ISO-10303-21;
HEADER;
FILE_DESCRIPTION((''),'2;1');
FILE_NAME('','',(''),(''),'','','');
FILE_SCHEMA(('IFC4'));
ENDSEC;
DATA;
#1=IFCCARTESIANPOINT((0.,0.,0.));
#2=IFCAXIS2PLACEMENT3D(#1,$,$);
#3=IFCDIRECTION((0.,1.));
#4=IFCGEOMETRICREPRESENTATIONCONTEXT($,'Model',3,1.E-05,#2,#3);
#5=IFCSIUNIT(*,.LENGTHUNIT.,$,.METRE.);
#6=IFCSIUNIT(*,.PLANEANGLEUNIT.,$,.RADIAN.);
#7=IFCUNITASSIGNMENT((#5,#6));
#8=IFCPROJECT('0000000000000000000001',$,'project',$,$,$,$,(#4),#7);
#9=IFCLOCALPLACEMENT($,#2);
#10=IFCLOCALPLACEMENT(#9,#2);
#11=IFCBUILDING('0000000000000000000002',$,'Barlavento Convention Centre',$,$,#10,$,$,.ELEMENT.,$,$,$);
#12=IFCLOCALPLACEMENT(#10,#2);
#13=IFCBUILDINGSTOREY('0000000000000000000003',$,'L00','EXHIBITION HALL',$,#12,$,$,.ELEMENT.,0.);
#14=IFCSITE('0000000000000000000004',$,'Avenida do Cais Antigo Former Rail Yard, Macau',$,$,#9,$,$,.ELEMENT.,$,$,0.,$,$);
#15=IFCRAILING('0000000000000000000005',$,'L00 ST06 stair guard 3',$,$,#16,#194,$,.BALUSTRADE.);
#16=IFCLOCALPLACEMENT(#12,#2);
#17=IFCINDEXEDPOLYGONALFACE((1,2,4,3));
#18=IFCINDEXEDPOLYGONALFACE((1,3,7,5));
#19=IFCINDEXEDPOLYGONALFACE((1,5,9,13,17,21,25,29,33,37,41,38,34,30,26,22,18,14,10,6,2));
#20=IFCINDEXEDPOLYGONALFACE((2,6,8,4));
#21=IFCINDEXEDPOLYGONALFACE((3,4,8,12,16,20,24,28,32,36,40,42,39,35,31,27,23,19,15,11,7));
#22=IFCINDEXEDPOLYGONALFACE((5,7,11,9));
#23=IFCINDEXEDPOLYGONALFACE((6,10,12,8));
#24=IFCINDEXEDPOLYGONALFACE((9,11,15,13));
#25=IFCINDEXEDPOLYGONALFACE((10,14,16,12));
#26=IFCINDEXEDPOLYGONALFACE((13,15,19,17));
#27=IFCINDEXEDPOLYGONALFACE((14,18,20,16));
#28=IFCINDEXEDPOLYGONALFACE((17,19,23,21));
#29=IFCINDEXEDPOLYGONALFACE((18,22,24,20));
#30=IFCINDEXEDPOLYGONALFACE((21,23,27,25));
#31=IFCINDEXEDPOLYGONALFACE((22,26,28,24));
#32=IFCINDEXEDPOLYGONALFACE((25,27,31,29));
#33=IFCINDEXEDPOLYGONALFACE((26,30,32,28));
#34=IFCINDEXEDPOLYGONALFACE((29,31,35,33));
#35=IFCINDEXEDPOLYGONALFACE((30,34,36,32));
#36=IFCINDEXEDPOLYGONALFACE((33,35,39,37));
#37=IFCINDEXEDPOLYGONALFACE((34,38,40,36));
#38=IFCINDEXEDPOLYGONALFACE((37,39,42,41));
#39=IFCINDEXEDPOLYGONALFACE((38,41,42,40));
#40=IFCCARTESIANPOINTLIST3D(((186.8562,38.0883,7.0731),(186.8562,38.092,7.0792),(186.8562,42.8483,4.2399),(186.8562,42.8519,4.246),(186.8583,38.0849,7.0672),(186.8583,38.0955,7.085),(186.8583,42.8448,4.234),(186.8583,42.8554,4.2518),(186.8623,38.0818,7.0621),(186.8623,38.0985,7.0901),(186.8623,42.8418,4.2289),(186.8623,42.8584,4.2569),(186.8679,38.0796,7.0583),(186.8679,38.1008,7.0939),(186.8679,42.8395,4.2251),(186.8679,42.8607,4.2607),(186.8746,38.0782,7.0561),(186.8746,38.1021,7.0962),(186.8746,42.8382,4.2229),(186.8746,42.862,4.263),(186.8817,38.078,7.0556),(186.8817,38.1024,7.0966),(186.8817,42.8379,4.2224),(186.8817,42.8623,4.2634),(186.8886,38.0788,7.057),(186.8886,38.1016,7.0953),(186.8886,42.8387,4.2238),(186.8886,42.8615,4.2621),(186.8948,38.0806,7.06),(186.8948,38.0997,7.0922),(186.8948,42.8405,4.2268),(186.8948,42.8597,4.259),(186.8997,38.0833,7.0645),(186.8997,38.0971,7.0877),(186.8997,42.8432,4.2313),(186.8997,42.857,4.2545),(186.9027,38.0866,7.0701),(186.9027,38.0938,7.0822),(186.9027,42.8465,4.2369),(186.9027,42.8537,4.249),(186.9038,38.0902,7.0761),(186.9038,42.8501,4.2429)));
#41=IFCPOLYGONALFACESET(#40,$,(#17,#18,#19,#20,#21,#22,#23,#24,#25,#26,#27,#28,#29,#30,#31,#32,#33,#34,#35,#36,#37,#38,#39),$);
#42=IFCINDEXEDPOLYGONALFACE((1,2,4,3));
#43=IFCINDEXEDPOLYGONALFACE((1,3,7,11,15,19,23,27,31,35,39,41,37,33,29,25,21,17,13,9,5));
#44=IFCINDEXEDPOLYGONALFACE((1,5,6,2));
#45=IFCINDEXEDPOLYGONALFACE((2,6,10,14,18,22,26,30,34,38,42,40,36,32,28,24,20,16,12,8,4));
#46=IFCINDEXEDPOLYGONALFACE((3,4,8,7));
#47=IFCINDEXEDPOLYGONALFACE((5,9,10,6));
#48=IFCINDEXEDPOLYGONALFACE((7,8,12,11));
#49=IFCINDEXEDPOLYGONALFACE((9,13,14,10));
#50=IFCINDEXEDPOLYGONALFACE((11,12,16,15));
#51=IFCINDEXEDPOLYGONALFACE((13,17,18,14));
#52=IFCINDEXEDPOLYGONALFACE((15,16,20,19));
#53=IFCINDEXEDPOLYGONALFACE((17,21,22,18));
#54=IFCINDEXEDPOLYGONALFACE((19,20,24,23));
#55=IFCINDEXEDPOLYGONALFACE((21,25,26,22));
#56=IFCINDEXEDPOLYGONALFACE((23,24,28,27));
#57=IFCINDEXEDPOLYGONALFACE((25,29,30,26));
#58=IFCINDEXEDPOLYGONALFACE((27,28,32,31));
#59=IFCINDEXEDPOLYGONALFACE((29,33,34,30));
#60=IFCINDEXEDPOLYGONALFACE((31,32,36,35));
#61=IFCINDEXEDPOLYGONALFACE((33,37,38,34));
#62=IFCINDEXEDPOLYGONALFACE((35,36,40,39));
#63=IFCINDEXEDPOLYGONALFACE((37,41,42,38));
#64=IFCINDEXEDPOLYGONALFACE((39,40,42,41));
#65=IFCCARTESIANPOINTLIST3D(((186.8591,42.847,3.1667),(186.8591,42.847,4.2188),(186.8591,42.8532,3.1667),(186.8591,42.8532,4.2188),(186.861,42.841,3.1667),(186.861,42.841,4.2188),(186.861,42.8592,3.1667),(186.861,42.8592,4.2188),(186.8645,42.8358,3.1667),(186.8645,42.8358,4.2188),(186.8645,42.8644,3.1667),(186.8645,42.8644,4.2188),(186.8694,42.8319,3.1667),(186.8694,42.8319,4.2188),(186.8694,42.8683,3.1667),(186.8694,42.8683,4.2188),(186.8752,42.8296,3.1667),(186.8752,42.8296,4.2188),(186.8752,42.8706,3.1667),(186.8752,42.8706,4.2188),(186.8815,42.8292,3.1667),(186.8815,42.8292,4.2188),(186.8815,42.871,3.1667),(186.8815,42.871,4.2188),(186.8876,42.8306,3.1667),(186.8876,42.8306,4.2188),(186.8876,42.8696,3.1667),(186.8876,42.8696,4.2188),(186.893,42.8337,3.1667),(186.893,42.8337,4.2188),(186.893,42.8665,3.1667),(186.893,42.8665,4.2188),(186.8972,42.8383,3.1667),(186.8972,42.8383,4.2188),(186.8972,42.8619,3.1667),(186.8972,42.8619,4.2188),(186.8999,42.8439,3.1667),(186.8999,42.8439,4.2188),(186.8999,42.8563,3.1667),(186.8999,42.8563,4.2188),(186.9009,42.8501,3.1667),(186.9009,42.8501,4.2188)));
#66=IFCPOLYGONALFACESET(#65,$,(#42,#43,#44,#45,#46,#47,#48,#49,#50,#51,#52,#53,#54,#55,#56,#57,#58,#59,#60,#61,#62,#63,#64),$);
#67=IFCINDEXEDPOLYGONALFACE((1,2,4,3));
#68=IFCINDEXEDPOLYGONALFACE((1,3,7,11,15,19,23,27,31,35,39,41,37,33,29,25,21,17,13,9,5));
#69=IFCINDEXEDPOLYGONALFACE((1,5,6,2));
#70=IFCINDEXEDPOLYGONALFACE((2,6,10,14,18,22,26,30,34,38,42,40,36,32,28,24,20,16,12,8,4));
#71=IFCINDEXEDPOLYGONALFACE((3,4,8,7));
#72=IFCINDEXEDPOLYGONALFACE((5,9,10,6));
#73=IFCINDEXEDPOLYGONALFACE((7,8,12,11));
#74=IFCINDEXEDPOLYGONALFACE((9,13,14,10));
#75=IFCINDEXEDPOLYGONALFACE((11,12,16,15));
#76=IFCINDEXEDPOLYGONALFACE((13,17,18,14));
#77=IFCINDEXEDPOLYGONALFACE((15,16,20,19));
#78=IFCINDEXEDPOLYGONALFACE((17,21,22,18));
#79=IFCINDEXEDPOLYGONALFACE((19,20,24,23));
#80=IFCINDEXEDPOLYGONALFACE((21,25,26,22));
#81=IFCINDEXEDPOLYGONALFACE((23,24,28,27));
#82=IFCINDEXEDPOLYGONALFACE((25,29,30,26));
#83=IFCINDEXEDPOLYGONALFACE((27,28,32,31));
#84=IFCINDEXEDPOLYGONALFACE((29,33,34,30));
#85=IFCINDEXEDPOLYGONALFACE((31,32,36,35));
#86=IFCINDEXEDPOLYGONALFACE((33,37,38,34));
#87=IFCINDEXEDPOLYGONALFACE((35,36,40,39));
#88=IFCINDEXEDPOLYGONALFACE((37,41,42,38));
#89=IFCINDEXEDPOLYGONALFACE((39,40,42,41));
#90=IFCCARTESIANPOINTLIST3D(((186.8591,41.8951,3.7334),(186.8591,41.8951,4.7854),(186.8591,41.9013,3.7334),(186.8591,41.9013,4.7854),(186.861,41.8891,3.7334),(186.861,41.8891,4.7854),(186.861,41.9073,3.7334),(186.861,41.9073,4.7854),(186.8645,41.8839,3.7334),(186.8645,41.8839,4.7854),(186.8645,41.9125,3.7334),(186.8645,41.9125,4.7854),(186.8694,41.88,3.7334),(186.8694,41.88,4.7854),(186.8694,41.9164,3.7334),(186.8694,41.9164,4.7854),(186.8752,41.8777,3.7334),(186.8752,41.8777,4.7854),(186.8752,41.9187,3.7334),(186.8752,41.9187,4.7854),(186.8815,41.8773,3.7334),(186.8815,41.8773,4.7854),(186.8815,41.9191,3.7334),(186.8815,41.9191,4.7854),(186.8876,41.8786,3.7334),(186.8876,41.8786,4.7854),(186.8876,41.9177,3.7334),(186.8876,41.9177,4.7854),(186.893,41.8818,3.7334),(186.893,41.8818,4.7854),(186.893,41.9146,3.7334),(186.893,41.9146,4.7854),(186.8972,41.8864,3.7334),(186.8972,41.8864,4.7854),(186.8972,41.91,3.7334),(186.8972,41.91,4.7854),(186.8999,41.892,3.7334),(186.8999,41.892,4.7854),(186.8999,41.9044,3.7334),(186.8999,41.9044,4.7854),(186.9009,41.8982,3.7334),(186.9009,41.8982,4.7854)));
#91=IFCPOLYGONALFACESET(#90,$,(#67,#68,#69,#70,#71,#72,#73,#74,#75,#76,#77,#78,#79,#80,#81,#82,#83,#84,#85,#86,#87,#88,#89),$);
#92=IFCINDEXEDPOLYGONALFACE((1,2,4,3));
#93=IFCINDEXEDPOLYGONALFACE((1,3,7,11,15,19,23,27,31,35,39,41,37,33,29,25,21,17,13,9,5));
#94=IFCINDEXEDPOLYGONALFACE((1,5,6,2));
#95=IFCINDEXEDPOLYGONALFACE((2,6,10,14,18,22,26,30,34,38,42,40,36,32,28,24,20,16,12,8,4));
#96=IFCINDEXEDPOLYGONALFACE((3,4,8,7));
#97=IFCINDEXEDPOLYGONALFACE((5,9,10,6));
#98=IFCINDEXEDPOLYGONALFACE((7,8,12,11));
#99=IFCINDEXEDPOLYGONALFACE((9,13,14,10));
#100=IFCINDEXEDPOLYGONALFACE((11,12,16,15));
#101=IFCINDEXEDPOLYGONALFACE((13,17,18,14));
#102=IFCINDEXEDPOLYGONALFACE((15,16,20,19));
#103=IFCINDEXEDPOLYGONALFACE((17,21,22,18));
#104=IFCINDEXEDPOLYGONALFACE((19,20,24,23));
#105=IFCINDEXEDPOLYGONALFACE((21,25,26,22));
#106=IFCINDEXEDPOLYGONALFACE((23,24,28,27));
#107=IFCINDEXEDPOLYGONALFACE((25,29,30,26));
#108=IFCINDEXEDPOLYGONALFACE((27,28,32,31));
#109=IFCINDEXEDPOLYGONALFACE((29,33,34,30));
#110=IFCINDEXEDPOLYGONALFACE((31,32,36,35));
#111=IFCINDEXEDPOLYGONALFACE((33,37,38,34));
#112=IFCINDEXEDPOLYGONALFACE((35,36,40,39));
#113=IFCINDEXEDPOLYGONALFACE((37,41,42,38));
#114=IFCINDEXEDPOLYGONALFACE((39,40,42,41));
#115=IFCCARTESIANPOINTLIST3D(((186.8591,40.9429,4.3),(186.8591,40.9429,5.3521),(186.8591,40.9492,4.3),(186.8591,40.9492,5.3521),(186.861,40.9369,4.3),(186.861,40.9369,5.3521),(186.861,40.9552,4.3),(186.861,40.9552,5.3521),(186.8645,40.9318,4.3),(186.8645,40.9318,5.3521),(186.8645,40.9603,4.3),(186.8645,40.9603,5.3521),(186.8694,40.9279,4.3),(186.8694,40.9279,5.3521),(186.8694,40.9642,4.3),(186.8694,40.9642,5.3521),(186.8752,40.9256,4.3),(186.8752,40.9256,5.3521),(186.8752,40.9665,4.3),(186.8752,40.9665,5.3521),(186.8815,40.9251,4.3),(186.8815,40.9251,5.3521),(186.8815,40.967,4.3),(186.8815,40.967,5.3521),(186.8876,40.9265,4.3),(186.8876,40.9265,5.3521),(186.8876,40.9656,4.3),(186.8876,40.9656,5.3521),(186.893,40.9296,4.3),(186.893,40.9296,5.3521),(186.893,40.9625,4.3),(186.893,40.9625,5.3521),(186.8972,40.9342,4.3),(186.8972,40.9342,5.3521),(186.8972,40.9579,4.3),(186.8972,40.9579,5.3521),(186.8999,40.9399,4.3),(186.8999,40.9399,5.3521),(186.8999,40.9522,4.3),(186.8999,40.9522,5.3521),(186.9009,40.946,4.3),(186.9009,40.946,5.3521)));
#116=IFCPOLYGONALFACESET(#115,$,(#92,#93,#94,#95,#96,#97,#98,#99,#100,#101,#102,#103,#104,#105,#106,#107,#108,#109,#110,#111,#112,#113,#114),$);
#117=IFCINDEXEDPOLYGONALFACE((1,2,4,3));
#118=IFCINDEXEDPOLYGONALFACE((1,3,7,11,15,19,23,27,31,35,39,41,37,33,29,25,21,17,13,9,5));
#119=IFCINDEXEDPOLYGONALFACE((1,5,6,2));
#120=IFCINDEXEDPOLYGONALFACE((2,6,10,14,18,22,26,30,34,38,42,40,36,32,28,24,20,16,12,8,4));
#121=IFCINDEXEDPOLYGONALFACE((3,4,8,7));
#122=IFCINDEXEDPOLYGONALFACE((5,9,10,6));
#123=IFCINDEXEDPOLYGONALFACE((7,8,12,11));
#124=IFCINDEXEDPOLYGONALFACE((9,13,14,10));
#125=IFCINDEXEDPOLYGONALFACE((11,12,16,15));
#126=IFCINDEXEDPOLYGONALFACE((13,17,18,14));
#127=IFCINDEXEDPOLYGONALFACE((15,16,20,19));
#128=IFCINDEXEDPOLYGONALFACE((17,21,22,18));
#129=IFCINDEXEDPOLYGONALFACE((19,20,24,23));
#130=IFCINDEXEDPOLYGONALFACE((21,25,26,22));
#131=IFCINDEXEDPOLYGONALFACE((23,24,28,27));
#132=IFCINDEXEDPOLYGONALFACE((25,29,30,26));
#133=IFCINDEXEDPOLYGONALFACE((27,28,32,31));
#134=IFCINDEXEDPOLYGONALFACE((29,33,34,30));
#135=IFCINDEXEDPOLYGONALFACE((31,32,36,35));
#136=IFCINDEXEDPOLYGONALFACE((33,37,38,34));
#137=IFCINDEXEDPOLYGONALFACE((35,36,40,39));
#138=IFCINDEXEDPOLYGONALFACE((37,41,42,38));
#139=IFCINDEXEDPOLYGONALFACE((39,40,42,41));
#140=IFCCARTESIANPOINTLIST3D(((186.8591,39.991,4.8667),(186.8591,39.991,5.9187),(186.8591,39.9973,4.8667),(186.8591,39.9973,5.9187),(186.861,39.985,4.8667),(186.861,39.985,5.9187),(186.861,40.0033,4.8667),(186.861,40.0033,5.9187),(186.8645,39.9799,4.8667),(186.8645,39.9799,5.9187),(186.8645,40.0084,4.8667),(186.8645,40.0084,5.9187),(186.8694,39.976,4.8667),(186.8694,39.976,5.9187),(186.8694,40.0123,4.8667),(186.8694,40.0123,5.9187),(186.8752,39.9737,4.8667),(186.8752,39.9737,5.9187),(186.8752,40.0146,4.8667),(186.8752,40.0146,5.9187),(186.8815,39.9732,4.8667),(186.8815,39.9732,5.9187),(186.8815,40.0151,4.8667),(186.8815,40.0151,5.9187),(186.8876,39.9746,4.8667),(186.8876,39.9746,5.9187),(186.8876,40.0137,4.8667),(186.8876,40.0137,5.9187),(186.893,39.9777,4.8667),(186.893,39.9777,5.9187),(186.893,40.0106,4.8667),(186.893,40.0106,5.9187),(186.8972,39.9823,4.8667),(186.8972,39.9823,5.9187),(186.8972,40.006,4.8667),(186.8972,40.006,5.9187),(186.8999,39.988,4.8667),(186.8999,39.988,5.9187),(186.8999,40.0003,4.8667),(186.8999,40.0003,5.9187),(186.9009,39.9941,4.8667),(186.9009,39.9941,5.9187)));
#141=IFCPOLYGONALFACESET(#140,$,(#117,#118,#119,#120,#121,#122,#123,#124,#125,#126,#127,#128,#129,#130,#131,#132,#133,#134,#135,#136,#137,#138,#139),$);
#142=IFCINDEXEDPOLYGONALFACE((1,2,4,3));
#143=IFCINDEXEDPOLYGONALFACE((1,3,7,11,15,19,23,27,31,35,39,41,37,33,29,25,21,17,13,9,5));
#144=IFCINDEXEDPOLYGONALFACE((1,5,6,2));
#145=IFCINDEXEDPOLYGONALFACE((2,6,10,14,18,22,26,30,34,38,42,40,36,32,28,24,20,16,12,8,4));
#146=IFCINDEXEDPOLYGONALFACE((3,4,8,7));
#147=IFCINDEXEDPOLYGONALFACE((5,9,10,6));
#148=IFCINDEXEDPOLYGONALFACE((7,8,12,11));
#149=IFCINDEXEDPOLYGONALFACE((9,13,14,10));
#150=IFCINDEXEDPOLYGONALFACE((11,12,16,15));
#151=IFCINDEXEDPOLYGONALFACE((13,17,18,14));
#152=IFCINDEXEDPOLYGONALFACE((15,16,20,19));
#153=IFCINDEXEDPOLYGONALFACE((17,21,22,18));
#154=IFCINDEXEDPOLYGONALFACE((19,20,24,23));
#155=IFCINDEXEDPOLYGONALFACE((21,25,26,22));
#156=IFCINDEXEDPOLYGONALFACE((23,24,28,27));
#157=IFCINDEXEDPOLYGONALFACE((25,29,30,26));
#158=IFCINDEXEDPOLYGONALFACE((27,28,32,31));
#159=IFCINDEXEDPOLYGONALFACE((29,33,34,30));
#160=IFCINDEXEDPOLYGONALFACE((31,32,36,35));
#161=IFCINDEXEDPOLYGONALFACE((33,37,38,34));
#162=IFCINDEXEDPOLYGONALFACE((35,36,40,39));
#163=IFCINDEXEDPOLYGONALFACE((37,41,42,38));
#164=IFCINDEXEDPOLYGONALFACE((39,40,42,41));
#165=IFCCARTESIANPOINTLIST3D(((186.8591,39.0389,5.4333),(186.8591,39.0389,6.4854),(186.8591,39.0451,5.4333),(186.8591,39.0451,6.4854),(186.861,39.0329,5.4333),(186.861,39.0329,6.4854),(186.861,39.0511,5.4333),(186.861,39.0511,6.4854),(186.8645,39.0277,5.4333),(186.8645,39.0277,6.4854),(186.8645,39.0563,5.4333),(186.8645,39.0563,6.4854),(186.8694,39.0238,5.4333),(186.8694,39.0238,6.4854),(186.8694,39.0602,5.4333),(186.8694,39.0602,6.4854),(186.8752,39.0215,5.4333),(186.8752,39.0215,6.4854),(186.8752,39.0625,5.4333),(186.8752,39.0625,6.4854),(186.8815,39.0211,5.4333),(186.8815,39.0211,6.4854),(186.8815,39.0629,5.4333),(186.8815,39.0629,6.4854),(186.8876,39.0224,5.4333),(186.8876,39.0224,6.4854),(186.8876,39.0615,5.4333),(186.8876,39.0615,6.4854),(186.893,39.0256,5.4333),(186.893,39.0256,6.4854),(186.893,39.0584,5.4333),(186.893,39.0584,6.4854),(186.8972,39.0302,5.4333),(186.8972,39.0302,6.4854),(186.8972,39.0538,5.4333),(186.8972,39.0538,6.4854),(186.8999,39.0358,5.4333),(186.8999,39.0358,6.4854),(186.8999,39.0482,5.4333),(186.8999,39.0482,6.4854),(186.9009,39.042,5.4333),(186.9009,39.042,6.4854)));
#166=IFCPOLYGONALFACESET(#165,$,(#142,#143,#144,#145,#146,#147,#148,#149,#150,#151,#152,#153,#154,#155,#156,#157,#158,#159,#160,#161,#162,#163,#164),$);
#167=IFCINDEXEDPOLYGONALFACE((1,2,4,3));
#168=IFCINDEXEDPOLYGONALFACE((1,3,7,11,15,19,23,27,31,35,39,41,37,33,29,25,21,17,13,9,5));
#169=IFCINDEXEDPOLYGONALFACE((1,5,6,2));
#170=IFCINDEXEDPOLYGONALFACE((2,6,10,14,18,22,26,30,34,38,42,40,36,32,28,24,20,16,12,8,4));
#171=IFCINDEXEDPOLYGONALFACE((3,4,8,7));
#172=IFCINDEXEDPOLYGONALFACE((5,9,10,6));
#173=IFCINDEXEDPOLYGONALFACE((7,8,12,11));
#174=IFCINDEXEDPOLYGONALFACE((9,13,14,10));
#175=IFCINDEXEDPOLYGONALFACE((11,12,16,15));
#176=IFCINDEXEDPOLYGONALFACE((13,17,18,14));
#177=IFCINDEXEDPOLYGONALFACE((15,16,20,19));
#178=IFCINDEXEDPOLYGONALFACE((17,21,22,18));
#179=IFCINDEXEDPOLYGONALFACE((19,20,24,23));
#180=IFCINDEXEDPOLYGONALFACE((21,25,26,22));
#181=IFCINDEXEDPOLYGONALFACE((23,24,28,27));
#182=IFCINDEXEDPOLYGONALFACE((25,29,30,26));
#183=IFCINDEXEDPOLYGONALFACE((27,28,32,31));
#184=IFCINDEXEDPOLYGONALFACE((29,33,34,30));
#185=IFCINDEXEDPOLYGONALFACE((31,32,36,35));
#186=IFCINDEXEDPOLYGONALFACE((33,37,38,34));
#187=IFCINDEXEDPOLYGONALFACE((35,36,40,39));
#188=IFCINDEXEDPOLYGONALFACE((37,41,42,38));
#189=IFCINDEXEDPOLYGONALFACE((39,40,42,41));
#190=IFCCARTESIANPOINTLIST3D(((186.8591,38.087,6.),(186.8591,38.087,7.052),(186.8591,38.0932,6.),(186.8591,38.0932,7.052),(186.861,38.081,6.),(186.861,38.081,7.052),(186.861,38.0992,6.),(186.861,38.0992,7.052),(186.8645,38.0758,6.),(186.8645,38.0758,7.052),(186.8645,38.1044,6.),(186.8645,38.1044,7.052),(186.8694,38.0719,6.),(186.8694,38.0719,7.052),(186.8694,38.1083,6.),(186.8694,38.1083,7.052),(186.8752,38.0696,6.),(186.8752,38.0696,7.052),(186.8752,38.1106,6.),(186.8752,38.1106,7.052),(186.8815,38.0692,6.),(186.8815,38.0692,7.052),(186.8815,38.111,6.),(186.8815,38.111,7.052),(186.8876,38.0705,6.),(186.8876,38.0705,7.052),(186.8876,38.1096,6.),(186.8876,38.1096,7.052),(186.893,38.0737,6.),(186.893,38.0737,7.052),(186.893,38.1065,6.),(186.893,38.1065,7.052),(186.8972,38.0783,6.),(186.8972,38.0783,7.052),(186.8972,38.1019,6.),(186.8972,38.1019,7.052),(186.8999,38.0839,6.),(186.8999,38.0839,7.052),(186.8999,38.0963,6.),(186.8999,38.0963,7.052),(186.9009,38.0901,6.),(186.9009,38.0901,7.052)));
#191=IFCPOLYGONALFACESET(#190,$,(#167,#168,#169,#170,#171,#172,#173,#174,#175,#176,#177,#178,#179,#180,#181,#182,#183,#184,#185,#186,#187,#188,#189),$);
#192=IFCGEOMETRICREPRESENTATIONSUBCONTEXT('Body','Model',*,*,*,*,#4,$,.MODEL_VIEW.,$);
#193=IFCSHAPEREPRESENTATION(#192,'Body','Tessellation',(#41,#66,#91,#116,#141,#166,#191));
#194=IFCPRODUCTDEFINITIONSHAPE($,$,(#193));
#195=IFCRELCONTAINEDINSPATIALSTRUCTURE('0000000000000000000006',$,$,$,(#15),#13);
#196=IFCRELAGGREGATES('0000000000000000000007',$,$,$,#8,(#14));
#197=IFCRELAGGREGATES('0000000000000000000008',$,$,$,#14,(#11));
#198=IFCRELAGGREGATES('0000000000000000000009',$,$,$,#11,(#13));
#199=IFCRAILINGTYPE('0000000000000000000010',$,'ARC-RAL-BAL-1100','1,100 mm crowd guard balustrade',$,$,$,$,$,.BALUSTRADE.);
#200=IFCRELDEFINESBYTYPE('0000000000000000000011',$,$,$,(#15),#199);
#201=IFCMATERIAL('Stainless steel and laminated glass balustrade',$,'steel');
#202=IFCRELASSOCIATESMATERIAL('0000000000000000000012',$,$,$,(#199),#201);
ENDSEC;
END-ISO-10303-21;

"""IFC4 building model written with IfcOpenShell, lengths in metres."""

from ifc_helpers import new_model, si_unit, direction, frame, origin, origin_2d, place, context, subcontext, project, spatial, circle, extrude, material, type_object, element, save


model = new_model("IFC4")

# Units and contexts
model_context = context("Model", 3, precision=1e-05, world=origin(), true_north=direction((0.0, 1.0)))
body_context = subcontext(model_context, "Body", "Model", "MODEL_VIEW")
ifc_project = project(units=[si_unit("LENGTHUNIT", "METRE"), si_unit("PLANEANGLEUNIT", "RADIAN")], contexts=[model_context])

# Site, building, storey
site_placement = place(None, origin())
site = spatial("IfcSite", under=ifc_project, at=site_placement, Name="Avenida do Cais Antigo Former Rail Yard, Macau", CompositionType="ELEMENT", RefElevation=0.0)
building_placement = place(site_placement, origin())
building = spatial("IfcBuilding", under=site, at=building_placement, Name="Barlavento Convention Centre", CompositionType="ELEMENT")
storey_placement = place(building_placement, origin())
storey = spatial("IfcBuildingStorey", under=building, at=storey_placement, Name="L00", Description="EXHIBITION HALL", CompositionType="ELEMENT", Elevation=0.0)

# Railing
ifc_material_1 = material(Name="Stainless steel and laminated glass balustrade", Category="steel")
railing_type_1 = type_object("IfcRailingType", Name="ARC-RAL-BAL-1100", Description="1,100 mm crowd guard balustrade", PredefinedType="BALUSTRADE", material=ifc_material_1)
railing_1_placement = place(storey_placement, frame((186.8799, 42.8501, 3.1667)))
element("IfcRailing", 1, at=railing_1_placement, inside=storey, type_object=railing_type_1, Name="L00 ST06 stair guard 3", PredefinedType="BALUSTRADE", context=body_context, shape_type="SweptSolid", body=[
    extrude(circle(Radius=0.0239, at=origin_2d()), frame((0.0, 0.0, 1.0762), z_axis=(0.0, -0.8593, 0.511472), x_axis=(1.0, 0.0, 0.0)), (0.0, 0.0, 1.0), 5.5393),
    extrude(circle(Radius=0.021, at=origin_2d()), origin(), (0.0, 0.0, 1.0), 1.052),
    extrude(circle(Radius=0.021, at=origin_2d()), frame((0.0, -0.9519, 0.5667)), (0.0, 0.0, 1.0), 1.052),
    extrude(circle(Radius=0.021, at=origin_2d()), frame((0.0, -1.9041, 1.1333)), (0.0, 0.0, 1.0), 1.052),
    extrude(circle(Radius=0.021, at=origin_2d()), frame((0.0, -2.856, 1.7)), (0.0, 0.0, 1.0), 1.052),
    extrude(circle(Radius=0.021, at=origin_2d()), frame((0.0, -3.8081, 2.2666)), (0.0, 0.0, 1.0), 1.052),
    extrude(circle(Radius=0.021, at=origin_2d()), frame((0.0, -4.76, 2.8333)), (0.0, 0.0, 1.0), 1.052),
])

save(model, "model.ifc")
